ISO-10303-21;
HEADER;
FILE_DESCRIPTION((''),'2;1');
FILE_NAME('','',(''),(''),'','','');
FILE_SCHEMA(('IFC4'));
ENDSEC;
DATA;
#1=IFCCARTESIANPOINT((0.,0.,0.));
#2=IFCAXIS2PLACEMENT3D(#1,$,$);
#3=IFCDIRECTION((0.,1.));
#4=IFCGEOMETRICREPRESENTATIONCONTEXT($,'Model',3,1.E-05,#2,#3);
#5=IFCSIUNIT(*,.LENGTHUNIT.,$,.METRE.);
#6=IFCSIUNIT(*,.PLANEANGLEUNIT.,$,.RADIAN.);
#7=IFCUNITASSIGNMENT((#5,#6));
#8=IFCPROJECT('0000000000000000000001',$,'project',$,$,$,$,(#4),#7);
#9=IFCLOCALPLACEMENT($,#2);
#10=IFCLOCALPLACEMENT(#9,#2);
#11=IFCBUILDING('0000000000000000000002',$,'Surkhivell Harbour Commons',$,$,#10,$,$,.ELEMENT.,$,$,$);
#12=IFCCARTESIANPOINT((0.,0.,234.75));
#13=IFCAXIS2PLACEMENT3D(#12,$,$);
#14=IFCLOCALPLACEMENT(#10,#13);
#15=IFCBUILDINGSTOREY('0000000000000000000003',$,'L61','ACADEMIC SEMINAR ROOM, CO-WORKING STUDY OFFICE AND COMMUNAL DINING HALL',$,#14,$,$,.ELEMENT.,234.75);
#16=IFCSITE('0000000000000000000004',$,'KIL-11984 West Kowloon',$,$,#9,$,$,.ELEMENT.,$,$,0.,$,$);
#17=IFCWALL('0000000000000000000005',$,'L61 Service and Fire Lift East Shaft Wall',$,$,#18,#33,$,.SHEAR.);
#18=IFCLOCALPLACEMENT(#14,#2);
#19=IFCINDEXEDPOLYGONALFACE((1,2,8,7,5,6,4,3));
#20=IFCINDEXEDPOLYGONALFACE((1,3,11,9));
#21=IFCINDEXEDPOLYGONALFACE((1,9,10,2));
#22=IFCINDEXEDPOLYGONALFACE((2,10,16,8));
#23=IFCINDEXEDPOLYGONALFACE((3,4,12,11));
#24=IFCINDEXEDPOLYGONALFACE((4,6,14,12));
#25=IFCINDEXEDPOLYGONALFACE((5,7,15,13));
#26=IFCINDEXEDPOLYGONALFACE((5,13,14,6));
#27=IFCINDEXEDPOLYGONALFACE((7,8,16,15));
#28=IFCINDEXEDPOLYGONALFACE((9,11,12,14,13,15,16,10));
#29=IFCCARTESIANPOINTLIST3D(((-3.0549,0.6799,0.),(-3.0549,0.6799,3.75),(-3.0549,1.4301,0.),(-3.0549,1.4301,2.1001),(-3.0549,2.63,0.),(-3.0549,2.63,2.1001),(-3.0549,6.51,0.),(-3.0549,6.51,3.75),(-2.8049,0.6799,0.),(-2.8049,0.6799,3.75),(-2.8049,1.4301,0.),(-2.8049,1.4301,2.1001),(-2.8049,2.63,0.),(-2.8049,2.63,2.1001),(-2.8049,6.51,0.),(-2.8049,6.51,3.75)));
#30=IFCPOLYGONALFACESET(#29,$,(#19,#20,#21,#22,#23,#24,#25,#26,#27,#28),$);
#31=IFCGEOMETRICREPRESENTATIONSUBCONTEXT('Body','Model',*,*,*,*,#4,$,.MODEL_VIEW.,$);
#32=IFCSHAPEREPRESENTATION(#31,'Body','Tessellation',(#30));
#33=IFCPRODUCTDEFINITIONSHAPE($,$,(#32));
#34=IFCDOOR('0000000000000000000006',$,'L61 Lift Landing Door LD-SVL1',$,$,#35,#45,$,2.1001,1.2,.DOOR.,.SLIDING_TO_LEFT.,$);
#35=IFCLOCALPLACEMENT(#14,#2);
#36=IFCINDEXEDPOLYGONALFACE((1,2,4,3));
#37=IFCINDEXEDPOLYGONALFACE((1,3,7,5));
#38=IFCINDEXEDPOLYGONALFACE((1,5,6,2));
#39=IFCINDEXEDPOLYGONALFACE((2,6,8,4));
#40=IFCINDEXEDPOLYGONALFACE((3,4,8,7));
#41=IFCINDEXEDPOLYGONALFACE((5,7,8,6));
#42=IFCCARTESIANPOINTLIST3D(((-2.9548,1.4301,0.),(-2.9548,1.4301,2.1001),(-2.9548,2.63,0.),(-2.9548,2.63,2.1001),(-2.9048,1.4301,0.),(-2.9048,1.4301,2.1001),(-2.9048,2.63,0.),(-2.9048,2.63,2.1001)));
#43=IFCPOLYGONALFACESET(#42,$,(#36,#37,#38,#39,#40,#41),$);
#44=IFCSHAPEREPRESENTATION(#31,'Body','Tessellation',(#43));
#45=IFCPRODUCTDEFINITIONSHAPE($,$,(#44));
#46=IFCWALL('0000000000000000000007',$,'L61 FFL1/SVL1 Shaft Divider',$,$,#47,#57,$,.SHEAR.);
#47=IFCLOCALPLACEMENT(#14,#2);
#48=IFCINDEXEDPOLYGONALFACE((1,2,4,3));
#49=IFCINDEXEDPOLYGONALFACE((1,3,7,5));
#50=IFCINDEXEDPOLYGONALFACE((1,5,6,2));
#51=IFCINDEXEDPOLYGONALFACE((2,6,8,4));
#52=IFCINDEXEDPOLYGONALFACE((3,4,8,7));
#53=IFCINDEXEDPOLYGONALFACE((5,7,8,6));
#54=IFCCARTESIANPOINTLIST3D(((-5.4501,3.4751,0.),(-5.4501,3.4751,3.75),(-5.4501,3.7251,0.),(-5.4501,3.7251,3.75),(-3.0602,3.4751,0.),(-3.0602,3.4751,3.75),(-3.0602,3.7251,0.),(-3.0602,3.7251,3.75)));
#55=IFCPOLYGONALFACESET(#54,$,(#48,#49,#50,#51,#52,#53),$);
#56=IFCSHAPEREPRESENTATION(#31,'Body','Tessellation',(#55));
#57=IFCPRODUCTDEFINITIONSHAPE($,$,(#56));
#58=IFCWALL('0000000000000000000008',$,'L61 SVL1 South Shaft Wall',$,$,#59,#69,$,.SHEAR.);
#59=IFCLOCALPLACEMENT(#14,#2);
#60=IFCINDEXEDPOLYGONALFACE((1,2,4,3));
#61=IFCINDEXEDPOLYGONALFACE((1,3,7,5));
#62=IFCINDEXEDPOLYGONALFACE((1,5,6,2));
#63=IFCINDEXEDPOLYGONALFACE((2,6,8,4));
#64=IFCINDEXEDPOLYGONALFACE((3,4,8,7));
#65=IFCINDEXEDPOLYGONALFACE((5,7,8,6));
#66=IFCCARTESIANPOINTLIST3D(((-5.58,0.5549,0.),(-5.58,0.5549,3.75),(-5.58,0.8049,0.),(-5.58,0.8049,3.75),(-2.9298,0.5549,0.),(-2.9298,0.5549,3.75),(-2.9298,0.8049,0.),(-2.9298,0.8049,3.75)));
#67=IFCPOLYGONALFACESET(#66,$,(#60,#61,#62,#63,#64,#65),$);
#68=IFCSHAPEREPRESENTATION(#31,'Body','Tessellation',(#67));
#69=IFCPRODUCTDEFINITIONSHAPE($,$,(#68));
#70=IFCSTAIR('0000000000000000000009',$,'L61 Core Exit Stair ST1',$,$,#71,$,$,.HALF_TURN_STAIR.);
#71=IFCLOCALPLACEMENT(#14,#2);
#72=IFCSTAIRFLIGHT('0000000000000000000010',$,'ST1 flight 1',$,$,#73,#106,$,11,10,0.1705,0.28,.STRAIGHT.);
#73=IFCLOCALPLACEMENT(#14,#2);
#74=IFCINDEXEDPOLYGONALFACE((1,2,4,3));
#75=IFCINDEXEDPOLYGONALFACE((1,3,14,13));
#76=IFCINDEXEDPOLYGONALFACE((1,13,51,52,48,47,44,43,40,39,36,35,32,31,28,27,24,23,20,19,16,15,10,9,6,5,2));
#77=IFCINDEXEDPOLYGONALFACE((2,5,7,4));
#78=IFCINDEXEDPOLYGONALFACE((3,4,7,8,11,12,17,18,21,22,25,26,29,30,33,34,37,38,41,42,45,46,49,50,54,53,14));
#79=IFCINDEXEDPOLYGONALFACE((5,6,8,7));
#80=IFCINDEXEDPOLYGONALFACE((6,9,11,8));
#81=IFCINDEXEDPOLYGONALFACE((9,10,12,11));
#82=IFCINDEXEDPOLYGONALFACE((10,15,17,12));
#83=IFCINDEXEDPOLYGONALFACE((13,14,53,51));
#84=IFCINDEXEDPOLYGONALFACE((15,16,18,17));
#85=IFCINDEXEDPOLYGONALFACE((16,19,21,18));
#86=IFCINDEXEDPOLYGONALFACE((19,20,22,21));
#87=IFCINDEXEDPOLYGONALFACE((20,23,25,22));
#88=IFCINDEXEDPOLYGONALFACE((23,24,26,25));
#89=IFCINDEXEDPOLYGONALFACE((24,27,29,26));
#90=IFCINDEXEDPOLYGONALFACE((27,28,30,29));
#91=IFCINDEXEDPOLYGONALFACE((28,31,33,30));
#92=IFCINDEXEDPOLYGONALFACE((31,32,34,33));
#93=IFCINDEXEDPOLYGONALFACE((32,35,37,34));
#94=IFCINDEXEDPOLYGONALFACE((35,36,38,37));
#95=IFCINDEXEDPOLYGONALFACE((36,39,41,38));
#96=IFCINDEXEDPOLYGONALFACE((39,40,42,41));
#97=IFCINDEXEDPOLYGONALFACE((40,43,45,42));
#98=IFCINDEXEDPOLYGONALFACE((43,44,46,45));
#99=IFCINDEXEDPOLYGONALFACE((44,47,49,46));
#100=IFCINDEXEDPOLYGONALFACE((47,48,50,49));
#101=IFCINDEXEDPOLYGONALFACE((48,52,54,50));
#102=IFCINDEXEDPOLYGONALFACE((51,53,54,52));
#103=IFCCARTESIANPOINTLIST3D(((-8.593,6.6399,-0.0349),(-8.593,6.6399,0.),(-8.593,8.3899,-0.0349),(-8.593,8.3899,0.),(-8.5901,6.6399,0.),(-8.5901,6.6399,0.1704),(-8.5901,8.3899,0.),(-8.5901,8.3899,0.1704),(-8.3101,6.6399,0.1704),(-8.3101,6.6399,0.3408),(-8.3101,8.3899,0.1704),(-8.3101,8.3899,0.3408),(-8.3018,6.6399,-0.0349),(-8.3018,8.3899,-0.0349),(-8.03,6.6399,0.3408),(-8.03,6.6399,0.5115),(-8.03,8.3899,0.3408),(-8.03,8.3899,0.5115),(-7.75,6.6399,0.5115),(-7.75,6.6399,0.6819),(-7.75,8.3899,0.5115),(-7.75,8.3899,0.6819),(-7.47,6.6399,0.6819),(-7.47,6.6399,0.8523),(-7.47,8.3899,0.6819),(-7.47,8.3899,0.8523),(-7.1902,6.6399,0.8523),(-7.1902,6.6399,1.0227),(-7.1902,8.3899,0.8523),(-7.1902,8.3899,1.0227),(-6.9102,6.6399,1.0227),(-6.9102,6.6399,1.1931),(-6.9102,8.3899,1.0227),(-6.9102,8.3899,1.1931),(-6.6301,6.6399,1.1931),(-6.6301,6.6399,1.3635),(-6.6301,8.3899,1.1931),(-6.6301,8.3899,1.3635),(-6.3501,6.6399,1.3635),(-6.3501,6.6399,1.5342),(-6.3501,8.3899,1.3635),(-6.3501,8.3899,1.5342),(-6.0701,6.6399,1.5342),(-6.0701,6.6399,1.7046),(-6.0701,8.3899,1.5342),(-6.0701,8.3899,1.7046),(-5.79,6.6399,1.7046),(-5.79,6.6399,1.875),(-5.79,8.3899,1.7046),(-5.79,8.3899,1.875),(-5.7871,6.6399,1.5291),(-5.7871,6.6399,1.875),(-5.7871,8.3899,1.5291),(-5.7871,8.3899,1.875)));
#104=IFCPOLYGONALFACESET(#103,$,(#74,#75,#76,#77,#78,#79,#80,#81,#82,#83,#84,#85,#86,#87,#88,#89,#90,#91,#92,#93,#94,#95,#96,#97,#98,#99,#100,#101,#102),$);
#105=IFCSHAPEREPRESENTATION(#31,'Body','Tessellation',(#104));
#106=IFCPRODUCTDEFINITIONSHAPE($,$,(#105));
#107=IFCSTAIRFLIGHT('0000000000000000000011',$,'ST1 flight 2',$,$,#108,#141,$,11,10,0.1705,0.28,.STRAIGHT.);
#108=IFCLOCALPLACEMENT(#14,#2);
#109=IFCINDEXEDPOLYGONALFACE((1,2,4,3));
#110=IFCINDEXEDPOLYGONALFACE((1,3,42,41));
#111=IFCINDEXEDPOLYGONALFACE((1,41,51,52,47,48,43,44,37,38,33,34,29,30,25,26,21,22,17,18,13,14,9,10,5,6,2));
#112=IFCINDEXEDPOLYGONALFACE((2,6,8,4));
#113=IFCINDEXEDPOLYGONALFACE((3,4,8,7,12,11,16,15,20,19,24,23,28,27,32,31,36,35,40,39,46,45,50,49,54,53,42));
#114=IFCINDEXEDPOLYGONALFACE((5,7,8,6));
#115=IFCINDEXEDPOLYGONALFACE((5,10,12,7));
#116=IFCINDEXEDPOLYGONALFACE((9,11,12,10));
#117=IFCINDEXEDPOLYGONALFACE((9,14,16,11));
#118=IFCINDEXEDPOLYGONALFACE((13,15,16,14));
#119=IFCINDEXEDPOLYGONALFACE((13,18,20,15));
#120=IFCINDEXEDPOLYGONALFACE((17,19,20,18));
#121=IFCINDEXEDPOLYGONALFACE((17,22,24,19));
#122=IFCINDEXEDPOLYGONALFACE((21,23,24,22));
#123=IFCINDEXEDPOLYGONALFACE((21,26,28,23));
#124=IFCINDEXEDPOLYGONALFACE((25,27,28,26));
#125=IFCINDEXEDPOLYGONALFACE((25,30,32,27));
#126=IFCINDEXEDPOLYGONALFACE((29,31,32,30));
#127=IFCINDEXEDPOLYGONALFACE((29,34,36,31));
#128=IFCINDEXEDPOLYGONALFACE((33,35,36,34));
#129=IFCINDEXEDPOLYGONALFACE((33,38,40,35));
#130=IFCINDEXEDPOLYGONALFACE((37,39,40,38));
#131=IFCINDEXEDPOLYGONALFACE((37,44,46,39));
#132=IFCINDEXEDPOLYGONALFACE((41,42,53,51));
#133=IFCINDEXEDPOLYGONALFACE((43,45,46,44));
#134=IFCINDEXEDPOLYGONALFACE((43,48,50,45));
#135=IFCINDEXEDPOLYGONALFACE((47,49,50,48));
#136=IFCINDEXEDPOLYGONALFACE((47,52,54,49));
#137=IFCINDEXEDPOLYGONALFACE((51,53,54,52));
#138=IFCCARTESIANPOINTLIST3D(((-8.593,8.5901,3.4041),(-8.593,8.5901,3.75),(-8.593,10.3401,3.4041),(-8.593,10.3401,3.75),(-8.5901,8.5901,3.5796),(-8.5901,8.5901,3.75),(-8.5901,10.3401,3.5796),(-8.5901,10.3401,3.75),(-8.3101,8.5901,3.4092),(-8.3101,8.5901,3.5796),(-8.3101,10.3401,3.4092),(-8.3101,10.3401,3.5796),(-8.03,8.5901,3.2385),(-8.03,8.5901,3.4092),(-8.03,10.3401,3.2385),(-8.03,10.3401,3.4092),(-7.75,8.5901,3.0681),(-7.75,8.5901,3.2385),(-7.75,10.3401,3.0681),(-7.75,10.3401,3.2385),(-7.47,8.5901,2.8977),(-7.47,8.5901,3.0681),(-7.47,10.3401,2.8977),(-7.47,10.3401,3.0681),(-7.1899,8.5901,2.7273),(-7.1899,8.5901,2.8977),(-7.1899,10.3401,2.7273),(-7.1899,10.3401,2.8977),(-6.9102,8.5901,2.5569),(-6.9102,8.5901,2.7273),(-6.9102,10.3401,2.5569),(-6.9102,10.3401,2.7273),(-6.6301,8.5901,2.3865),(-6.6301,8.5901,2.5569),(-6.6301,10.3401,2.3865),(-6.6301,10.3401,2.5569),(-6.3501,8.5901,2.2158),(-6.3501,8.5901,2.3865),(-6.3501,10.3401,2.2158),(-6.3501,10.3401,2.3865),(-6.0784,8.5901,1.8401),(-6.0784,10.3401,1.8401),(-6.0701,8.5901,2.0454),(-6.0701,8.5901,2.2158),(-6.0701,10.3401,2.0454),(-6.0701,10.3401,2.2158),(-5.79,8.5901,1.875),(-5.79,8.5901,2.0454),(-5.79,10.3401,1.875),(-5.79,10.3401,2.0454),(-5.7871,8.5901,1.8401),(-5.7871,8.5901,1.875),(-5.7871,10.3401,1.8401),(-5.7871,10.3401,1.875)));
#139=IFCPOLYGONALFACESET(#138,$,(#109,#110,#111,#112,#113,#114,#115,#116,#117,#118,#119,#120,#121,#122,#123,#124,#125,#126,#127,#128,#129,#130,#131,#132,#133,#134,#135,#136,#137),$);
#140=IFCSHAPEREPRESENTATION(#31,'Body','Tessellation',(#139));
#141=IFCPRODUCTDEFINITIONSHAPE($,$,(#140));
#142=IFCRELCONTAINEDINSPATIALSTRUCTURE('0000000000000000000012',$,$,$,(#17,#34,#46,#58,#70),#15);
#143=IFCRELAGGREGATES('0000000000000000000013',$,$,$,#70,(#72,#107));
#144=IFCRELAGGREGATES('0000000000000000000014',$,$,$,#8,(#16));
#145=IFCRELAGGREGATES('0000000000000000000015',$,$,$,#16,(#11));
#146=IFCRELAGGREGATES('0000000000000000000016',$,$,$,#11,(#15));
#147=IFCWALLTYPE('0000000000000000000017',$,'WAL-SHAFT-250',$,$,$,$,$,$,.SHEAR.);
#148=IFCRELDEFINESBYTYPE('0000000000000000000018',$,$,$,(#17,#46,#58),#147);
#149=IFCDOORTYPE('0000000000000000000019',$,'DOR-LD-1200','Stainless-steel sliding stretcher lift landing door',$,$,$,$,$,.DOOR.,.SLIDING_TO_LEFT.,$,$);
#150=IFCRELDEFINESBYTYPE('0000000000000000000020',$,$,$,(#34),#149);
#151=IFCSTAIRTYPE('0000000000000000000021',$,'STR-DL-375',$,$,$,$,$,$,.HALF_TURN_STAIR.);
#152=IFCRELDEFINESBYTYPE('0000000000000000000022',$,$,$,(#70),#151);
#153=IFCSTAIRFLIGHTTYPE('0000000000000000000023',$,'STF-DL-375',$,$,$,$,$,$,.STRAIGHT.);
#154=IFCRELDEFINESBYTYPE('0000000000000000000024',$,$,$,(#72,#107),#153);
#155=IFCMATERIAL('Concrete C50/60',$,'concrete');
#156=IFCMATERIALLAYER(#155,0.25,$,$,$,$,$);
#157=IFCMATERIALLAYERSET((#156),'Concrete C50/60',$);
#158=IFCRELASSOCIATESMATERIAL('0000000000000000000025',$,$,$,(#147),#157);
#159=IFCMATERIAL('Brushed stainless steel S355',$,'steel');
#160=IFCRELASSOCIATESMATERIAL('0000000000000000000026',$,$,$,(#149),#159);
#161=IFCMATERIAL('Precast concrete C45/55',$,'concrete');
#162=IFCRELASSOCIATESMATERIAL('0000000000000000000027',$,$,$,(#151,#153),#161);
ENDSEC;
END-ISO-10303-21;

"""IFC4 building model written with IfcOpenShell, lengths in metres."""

from ifc_helpers import new_model, si_unit, direction, frame, frame_2d, origin, place, context, subcontext, project, spatial, polyline, rectangle, outline, extrude, material, layer, layer_set, type_object, element, fill, aggregate, save


model = new_model("IFC4")

# Units and contexts
model_context = context("Model", 3, precision=1e-05, world=origin(), true_north=direction((0.0, 1.0)))
body_context = subcontext(model_context, "Body", "Model", "MODEL_VIEW")
ifc_project = project(units=[si_unit("LENGTHUNIT", "METRE"), si_unit("PLANEANGLEUNIT", "RADIAN")], contexts=[model_context])

# Site, building, storey
site_placement = place(None, origin())
site = spatial("IfcSite", under=ifc_project, at=site_placement, Name="KIL-11984 West Kowloon", CompositionType="ELEMENT", RefElevation=0.0)
building_placement = place(site_placement, origin())
building = spatial("IfcBuilding", under=site, at=building_placement, Name="Surkhivell Harbour Commons", CompositionType="ELEMENT")
storey_placement = place(building_placement, frame((0.0, 0.0, 234.75)))
storey = spatial("IfcBuildingStorey", under=building, at=storey_placement, Name="L61", Description="ACADEMIC SEMINAR ROOM, CO-WORKING STUDY OFFICE AND COMMUNAL DINING HALL", CompositionType="ELEMENT", Elevation=234.75)

# Shared definitions
ifc_material_1 = material(Name="Concrete C50/60", Category="concrete")
ifc_layer_1 = layer(ifc_material_1, 0.25)
ifc_layer_set_1 = layer_set([ifc_layer_1], Name="Concrete C50/60")
wall_type_1 = type_object("IfcWallType", Name="WAL-SHAFT-250", PredefinedType="SHEAR", material=ifc_layer_set_1)
ifc_material_2 = material(Name="Brushed stainless steel S355", Category="steel")

# Wall, opening, door
wall_1_placement = place(storey_placement, frame((-2.9299, 0.6799, 0.0), z_axis=(0.0, 0.0, 1.0), x_axis=(0.0, 1.0, 0.0)))
wall_1 = element("IfcWall", 1, at=wall_1_placement, inside=storey, type_object=wall_type_1, Name="L61 Service and Fire Lift East Shaft Wall", PredefinedType="SHEAR", context=body_context, shape_type="SweptSolid", body=[
    extrude(rectangle(XDim=5.8301, YDim=0.25, at=frame_2d((2.915, 0.0))), origin(), (0.0, 0.0, 1.0), 3.75),
])
opening_1_placement = place(wall_1_placement, frame((0.75, 0.0, 0.0)))
opening_1 = element("IfcOpeningElement", 2, at=opening_1_placement, cuts=wall_1, PredefinedType="OPENING", context=body_context, shape_type="SweptSolid", body=[
    extrude(rectangle(XDim=1.2, YDim=2.1001, at=frame_2d((0.6001, 1.05))), frame((0.0, 0.135, 0.0), z_axis=(0.0, -1.0, 0.0), x_axis=(1.0, 0.0, 0.0)), (0.0, 0.0, 1.0), 0.27),
])
door_type_1 = type_object("IfcDoorType", Name="DOR-LD-1200", Description="Stainless-steel sliding stretcher lift landing door", OperationType="SLIDING_TO_LEFT", PredefinedType="DOOR", material=ifc_material_2)
door_1_placement = place(opening_1_placement, origin())
door_1 = element("IfcDoor", 3, at=door_1_placement, inside=storey, type_object=door_type_1, Name="L61 Lift Landing Door LD-SVL1", OperationType="SLIDING_TO_LEFT", OverallHeight=2.1001, OverallWidth=1.2, PredefinedType="DOOR", context=body_context, shape_type="SweptSolid", body=[
    extrude(rectangle(XDim=1.2, YDim=2.1001, at=frame_2d((0.6001, 1.05))), frame((0.0, 0.0249, 0.0), z_axis=(0.0, -1.0, 0.0), x_axis=(1.0, 0.0, 0.0)), (0.0, 0.0, 1.0), 0.05),
])
fill(opening_1, door_1)

# Walls
wall_2_placement = place(storey_placement, frame((-5.45, 3.6001, 0.0), z_axis=(0.0, 0.0, 1.0), x_axis=(1.0, 0.0, 0.0)))
element("IfcWall", 4, at=wall_2_placement, inside=storey, type_object=wall_type_1, Name="L61 FFL1/SVL1 Shaft Divider", PredefinedType="SHEAR", context=body_context, shape_type="SweptSolid", body=[
    extrude(rectangle(XDim=2.3899, YDim=0.25, at=frame_2d((1.1948, 0.0))), origin(), (0.0, 0.0, 1.0), 3.75),
])
wall_3_placement = place(storey_placement, frame((-5.5801, 0.6799, 0.0), z_axis=(0.0, 0.0, 1.0), x_axis=(1.0, 0.0, 0.0)))
element("IfcWall", 5, at=wall_3_placement, inside=storey, type_object=wall_type_1, Name="L61 SVL1 South Shaft Wall", PredefinedType="SHEAR", context=body_context, shape_type="SweptSolid", body=[
    extrude(rectangle(XDim=2.6501, YDim=0.25, at=frame_2d((1.3252, 0.0))), origin(), (0.0, 0.0, 1.0), 3.75),
])

# Stair, stair flights
ifc_material_3 = material(Name="Precast concrete C45/55", Category="concrete")
stair_type = type_object("IfcStairType", Name="STR-DL-375", PredefinedType="HALF_TURN_STAIR", material=ifc_material_3)
stair_placement = place(storey_placement, origin())
stair = element("IfcStair", 6, at=stair_placement, inside=storey, type_object=stair_type, Name="L61 Core Exit Stair ST1", PredefinedType="HALF_TURN_STAIR")
stair_flight_type = type_object("IfcStairFlightType", Name="STF-DL-375", PredefinedType="STRAIGHT", material=ifc_material_3)
stair_flight_1_placement = place(storey_placement, frame((-8.5901, 7.5149, 0.0), z_axis=(0.0, 0.0, 1.0), x_axis=(1.0, 0.0, 0.0)))
stair_flight_1 = element("IfcStairFlight", 7, at=stair_flight_1_placement, type_object=stair_flight_type, Name="ST1 flight 1", NumberOfRisers=11, NumberOfTreads=10, PredefinedType="STRAIGHT", RiserHeight=0.1705, TreadLength=0.28, context=body_context, shape_type="SweptSolid", body=[
    extrude(outline(polyline([(-0.0029, -0.0349), (-0.0029, 0.0), (0.0, 0.0), (0.0, 0.1704), (0.28, 0.1704), (0.28, 0.3408), (0.5601, 0.3408), (0.5601, 0.5115), (0.8401, 0.5115), (0.8401, 0.6819), (1.1201, 0.6819), (1.1201, 0.8523), (1.3999, 0.8523), (1.3999, 1.0227), (1.6799, 1.0227), (1.6799, 1.1931), (1.96, 1.1931), (1.96, 1.3635), (2.24, 1.3635), (2.24, 1.5342), (2.52, 1.5342), (2.52, 1.7046), (2.8, 1.7046), (2.8, 1.875), (2.803, 1.875), (2.803, 1.5291), (0.2883, -0.0349), (-0.0029, -0.0349)])), frame((0.0, 0.875, 0.0), z_axis=(0.0, -1.0, 0.0), x_axis=(1.0, 0.0, 0.0)), (0.0, 0.0, 1.0), 1.75),
])
stair_flight_2_placement = place(storey_placement, frame((-5.79, 9.4651, 1.875), z_axis=(0.0, 0.0, 1.0), x_axis=(-1.0, 0.0, 0.0)))
stair_flight_2 = element("IfcStairFlight", 8, at=stair_flight_2_placement, type_object=stair_flight_type, Name="ST1 flight 2", NumberOfRisers=11, NumberOfTreads=10, PredefinedType="STRAIGHT", RiserHeight=0.1705, TreadLength=0.28, context=body_context, shape_type="SweptSolid", body=[
    extrude(outline(polyline([(-0.0029, -0.0349), (-0.0029, 0.0), (0.0, 0.0), (0.0, 0.1704), (0.28, 0.1704), (0.28, 0.3408), (0.5601, 0.3408), (0.5601, 0.5115), (0.8401, 0.5115), (0.8401, 0.6819), (1.1201, 0.6819), (1.1201, 0.8523), (1.3999, 0.8523), (1.3999, 1.0227), (1.6799, 1.0227), (1.6799, 1.1931), (1.96, 1.1931), (1.96, 1.3635), (2.24, 1.3635), (2.24, 1.5342), (2.52, 1.5342), (2.52, 1.7046), (2.8, 1.7046), (2.8, 1.875), (2.803, 1.875), (2.803, 1.5291), (0.2883, -0.0349), (-0.0029, -0.0349)])), frame((0.0, 0.875, 0.0), z_axis=(0.0, -1.0, 0.0), x_axis=(1.0, 0.0, 0.0)), (0.0, 0.0, 1.0), 1.75),
])
aggregate(stair, [stair_flight_1, stair_flight_2])

save(model, "model.ifc")
